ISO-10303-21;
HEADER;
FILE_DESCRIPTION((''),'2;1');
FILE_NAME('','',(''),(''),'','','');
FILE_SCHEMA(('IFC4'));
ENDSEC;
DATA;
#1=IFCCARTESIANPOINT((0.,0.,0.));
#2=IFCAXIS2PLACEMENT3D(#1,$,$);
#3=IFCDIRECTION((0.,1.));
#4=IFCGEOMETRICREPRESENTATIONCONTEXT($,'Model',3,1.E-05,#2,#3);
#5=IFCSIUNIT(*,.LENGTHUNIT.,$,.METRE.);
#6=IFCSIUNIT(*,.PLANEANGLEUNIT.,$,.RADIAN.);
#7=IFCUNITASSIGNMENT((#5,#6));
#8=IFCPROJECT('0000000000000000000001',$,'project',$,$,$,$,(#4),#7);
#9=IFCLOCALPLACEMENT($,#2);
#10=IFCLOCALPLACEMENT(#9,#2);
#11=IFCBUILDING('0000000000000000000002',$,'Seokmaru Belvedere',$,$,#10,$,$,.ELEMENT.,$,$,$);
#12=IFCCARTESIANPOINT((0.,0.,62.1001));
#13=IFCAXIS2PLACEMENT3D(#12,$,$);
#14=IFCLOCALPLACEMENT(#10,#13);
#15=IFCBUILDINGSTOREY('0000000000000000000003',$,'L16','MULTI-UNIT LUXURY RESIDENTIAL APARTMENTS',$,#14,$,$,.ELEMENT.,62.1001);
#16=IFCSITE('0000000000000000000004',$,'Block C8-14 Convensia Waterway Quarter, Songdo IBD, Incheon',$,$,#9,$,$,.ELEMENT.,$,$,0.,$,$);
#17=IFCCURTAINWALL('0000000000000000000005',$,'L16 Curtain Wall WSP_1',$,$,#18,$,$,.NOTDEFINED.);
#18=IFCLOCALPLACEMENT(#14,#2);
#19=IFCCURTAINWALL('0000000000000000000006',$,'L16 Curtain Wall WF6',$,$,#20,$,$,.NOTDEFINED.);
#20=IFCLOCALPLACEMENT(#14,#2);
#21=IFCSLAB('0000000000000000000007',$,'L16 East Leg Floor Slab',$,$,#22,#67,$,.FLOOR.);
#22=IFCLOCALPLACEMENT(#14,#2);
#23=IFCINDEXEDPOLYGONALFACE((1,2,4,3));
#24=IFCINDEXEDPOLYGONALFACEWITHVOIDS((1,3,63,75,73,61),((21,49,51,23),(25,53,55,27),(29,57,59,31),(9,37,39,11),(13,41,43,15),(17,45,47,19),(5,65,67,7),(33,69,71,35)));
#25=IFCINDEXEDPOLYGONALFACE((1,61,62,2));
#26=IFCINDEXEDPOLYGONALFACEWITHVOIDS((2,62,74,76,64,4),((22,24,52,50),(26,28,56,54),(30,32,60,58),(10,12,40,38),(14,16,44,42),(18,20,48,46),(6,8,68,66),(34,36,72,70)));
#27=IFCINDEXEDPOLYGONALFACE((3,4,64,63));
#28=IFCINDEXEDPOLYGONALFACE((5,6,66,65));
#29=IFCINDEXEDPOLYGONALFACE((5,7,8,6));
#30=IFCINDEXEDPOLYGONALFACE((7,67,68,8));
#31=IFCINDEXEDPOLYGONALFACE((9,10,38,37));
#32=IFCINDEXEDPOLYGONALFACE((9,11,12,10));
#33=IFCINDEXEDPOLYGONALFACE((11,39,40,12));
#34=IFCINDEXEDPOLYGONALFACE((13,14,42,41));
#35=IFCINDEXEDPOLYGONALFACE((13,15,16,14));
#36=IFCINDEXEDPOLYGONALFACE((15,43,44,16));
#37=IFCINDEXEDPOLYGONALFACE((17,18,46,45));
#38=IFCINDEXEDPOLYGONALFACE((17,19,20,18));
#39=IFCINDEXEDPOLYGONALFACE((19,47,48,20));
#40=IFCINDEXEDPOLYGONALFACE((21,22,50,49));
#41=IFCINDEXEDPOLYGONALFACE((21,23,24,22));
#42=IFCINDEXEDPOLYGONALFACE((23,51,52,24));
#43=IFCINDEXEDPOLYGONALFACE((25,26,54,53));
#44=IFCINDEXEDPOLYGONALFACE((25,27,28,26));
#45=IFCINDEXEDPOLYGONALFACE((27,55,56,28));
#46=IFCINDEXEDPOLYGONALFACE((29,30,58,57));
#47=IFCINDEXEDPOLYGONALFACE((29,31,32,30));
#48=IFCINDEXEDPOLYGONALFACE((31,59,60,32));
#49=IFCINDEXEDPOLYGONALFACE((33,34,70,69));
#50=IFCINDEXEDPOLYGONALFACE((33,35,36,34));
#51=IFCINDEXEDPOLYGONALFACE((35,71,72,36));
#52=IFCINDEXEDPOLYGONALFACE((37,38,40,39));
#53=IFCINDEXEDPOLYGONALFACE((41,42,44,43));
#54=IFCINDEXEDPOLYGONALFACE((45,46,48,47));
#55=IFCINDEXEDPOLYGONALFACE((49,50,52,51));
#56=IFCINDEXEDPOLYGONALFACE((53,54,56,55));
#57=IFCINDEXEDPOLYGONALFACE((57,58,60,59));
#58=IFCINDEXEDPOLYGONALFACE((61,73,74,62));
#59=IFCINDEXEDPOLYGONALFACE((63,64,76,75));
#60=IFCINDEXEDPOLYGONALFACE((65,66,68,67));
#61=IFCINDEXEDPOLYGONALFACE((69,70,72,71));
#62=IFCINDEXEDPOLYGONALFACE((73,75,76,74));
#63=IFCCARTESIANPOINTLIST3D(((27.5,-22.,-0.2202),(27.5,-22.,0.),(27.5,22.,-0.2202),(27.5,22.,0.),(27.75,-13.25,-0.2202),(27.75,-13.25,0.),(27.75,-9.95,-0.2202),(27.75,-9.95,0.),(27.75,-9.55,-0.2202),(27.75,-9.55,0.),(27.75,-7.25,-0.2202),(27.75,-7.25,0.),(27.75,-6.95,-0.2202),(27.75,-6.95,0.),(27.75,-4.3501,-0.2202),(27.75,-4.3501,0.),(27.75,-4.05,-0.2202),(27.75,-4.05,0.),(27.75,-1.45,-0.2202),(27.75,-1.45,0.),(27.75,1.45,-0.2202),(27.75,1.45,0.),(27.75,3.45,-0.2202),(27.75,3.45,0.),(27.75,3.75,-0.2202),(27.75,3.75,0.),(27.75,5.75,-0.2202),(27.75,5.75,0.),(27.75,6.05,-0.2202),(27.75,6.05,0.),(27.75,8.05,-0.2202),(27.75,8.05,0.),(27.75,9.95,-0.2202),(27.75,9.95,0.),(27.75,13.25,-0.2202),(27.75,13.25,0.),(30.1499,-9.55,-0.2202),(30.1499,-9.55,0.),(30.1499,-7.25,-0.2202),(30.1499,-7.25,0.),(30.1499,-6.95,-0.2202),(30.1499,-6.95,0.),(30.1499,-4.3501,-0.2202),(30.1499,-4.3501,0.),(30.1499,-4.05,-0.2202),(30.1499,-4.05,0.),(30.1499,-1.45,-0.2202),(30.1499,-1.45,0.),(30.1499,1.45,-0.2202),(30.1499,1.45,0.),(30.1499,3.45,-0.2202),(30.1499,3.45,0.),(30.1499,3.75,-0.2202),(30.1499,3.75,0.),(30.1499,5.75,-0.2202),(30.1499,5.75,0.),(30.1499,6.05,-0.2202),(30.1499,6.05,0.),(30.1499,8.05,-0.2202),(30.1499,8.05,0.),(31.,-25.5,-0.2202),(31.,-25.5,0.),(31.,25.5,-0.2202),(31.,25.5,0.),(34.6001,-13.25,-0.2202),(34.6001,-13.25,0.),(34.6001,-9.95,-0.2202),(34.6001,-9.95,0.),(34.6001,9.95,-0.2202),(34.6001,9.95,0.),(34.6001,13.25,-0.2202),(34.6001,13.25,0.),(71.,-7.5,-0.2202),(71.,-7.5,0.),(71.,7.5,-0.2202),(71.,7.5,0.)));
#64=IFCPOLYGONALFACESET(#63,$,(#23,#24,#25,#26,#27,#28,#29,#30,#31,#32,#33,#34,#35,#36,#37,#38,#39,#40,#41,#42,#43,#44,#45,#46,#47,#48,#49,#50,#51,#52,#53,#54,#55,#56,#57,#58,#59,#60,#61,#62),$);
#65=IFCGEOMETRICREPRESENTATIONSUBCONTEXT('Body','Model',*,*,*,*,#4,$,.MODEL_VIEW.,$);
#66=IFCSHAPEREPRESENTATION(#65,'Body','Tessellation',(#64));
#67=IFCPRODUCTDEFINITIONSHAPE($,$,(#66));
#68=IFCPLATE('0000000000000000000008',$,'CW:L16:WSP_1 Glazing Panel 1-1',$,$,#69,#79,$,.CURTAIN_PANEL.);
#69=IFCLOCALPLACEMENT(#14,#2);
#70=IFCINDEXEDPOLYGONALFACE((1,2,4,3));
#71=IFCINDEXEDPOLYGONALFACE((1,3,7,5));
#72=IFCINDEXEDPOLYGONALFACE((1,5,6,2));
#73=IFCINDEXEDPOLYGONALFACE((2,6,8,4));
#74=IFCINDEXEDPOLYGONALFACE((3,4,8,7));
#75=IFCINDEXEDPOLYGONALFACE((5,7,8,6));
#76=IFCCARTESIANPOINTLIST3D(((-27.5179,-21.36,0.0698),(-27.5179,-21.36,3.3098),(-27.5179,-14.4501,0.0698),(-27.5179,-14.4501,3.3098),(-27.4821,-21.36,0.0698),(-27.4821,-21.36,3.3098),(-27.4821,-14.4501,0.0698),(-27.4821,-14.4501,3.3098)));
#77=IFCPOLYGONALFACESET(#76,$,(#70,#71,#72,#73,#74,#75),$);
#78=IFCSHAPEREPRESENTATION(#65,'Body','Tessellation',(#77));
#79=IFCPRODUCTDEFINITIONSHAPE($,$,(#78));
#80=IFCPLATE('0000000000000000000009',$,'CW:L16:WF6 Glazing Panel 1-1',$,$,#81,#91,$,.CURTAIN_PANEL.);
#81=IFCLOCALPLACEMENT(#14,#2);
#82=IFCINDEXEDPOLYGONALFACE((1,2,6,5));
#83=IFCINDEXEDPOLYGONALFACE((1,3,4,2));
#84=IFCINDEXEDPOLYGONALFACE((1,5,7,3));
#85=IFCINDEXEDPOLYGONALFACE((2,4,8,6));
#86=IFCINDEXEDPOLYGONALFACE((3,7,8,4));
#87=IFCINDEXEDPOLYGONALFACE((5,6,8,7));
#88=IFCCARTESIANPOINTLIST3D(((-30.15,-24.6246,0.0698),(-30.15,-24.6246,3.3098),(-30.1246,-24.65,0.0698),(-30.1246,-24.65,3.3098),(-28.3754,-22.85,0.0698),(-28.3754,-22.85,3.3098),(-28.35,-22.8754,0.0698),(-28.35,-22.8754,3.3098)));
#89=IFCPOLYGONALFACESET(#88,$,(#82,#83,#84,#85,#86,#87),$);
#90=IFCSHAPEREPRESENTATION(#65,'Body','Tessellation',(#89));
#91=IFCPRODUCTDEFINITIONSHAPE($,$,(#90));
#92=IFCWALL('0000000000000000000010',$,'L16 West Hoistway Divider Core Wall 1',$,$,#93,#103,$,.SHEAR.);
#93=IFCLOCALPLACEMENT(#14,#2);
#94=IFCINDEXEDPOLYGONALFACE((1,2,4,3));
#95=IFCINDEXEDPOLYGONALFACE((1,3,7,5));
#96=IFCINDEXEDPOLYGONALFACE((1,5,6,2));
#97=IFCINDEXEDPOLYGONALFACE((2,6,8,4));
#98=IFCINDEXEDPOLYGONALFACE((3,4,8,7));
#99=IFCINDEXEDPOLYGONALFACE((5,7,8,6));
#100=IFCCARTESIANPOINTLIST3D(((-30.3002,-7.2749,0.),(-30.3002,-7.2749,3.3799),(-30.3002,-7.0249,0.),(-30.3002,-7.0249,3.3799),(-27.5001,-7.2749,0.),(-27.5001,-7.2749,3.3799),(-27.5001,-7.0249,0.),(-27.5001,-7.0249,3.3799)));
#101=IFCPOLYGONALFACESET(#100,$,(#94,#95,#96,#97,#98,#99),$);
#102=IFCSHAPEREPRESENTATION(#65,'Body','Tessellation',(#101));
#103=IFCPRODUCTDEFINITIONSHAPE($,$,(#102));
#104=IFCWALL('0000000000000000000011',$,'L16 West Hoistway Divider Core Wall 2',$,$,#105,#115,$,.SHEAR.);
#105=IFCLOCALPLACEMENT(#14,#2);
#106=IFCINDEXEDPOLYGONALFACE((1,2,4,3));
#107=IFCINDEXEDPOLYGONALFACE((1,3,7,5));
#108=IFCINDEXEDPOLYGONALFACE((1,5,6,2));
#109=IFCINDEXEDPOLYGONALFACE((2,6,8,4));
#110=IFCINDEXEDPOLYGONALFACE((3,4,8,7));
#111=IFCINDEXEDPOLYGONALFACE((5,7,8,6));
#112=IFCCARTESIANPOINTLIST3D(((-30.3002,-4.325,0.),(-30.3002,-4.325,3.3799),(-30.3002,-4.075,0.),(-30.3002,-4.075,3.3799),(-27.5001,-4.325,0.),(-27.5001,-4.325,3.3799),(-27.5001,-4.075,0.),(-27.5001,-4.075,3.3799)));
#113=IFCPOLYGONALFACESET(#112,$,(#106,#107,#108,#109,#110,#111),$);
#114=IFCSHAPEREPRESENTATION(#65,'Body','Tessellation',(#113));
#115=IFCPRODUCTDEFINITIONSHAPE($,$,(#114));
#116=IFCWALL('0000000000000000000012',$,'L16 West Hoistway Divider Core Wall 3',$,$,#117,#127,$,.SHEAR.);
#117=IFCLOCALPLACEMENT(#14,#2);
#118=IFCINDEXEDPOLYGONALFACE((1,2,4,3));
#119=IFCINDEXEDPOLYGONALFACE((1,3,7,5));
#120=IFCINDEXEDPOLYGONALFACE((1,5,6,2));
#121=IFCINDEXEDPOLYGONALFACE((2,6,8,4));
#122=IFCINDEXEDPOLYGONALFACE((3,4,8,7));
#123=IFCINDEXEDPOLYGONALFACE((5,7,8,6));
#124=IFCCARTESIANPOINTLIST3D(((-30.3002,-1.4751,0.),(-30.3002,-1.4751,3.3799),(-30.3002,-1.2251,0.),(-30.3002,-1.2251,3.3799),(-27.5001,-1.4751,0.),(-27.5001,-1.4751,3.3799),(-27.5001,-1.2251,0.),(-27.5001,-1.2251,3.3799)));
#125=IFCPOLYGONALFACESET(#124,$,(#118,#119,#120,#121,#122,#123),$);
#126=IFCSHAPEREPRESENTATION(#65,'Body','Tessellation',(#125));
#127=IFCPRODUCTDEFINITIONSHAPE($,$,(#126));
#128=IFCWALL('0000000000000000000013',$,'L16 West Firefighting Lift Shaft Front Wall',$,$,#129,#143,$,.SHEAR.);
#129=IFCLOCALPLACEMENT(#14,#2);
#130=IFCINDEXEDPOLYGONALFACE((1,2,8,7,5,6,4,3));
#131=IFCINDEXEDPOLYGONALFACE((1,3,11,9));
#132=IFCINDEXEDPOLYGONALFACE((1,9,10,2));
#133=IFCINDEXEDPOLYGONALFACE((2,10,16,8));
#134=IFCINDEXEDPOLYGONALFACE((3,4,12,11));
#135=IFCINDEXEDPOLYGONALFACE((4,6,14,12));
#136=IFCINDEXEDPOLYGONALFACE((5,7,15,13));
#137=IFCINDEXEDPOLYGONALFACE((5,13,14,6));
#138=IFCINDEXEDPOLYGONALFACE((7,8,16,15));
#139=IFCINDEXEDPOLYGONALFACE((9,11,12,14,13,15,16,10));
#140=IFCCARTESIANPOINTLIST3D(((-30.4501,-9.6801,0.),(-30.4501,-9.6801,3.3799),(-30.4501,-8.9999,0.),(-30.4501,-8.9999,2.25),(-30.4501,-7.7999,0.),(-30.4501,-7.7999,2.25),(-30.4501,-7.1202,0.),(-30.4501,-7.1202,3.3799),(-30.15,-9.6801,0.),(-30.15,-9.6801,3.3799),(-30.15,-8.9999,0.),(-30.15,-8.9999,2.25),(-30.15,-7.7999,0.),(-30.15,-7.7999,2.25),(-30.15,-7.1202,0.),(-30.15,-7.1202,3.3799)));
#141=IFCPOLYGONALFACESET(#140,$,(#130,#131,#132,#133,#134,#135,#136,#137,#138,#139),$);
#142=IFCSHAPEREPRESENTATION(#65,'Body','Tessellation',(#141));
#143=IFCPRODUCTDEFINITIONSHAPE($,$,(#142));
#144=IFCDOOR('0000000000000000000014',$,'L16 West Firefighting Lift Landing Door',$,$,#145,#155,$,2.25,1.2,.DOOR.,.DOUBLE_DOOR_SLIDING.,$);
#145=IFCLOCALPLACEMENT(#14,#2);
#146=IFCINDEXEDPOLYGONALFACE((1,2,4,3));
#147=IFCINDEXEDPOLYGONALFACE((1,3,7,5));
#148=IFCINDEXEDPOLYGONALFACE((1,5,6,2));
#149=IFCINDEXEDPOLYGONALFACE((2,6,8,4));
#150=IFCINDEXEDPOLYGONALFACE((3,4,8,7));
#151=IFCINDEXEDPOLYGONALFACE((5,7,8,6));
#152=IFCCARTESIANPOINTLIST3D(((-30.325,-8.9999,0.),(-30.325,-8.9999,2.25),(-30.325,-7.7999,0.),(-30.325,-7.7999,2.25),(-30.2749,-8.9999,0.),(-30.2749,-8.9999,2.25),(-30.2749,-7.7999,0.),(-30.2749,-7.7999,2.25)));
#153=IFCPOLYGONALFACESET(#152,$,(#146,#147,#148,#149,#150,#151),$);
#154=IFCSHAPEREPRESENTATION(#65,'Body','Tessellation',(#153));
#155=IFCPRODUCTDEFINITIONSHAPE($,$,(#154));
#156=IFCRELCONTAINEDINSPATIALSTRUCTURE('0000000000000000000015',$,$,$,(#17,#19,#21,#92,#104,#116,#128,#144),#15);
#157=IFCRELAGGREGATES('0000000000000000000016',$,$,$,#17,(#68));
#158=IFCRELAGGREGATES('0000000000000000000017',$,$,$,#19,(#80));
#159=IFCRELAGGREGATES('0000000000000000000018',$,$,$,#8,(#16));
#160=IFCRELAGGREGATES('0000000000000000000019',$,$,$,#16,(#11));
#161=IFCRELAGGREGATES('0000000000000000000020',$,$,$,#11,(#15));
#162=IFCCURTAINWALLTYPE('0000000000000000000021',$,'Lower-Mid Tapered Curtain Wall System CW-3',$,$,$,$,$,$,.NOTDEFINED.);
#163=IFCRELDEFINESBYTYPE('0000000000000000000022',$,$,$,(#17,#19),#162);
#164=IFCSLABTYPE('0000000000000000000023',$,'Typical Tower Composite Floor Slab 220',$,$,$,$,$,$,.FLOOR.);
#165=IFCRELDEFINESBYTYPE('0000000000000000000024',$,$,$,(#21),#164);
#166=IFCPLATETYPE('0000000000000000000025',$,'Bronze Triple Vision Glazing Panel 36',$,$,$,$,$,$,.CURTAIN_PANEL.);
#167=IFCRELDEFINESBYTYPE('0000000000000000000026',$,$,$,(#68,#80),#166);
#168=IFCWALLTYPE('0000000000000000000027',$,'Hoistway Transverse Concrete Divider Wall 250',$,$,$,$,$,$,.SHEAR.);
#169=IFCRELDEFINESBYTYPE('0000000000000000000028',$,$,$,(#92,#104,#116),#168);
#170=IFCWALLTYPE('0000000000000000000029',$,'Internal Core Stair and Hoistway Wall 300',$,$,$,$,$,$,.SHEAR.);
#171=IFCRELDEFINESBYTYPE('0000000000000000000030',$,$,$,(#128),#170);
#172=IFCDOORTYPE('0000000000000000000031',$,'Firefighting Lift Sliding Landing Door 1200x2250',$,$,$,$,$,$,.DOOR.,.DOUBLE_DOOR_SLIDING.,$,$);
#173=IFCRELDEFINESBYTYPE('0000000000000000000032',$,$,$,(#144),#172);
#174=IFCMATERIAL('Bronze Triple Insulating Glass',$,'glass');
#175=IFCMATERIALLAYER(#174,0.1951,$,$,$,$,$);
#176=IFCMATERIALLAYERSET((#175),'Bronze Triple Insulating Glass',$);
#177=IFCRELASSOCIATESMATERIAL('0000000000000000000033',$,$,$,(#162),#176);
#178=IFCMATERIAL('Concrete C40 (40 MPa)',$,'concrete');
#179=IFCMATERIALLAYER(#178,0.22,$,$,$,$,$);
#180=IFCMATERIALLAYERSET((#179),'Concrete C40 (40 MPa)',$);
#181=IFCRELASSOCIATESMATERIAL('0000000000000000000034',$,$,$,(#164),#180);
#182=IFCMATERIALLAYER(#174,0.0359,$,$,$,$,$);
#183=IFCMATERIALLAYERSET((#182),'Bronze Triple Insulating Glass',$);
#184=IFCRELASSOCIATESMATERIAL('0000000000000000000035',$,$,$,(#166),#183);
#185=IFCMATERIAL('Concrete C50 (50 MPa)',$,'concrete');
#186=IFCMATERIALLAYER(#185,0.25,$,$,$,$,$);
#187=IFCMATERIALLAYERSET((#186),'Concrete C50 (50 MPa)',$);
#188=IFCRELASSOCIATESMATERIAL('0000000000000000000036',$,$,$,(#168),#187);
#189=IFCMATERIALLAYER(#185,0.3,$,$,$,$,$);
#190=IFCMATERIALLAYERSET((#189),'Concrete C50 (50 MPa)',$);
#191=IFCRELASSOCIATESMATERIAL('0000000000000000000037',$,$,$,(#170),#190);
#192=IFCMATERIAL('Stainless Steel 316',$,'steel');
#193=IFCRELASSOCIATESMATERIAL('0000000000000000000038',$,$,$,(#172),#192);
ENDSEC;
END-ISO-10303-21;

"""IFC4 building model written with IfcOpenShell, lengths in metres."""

from ifc_helpers import new_model, si_unit, direction, frame, frame_2d, origin, origin_2d, place, context, subcontext, project, spatial, polyline, rectangle, outline, extrude, source, transform, mapped, material, layer, layer_set, type_object, type_shapes, element, fill, aggregate, save


model = new_model("IFC4")

# Units and contexts
model_context = context("Model", 3, precision=1e-05, world=origin(), true_north=direction((0.0, 1.0)))
body_context = subcontext(model_context, "Body", "Model", "MODEL_VIEW")
ifc_project = project(units=[si_unit("LENGTHUNIT", "METRE"), si_unit("PLANEANGLEUNIT", "RADIAN")], contexts=[model_context])

# Site, building, storey
site_placement = place(None, origin())
site = spatial("IfcSite", under=ifc_project, at=site_placement, Name="Block C8-14 Convensia Waterway Quarter, Songdo IBD, Incheon", CompositionType="ELEMENT", RefElevation=0.0)
building_placement = place(site_placement, origin())
building = spatial("IfcBuilding", under=site, at=building_placement, Name="Seokmaru Belvedere", CompositionType="ELEMENT")
storey_placement = place(building_placement, frame((0.0, 0.0, 62.1001)))
storey = spatial("IfcBuildingStorey", under=building, at=storey_placement, Name="L16", Description="MULTI-UNIT LUXURY RESIDENTIAL APARTMENTS", CompositionType="ELEMENT", Elevation=62.1001)

# Curtain walls
ifc_material_1 = material(Name="Bronze Triple Insulating Glass", Category="glass")
ifc_layer_1 = layer(ifc_material_1, 0.1951)
ifc_layer_set_1 = layer_set([ifc_layer_1], Name="Bronze Triple Insulating Glass")
curtain_wall_type = type_object("IfcCurtainWallType", Name="Lower-Mid Tapered Curtain Wall System CW-3", PredefinedType="NOTDEFINED", material=ifc_layer_set_1)
curtain_wall_1_placement = place(storey_placement, origin())
curtain_wall_1 = element("IfcCurtainWall", 1, at=curtain_wall_1_placement, inside=storey, type_object=curtain_wall_type, Name="L16 Curtain Wall WSP_1", PredefinedType="NOTDEFINED")
curtain_wall_2_placement = place(storey_placement, origin())
curtain_wall_2 = element("IfcCurtainWall", 2, at=curtain_wall_2_placement, inside=storey, type_object=curtain_wall_type, Name="L16 Curtain Wall WF6", PredefinedType="NOTDEFINED")

# Shared definitions
ifc_material_2 = material(Name="Concrete C40 (40 MPa)", Category="concrete")

# Slab
ifc_layer_2 = layer(ifc_material_2, 0.22)
ifc_layer_set_2 = layer_set([ifc_layer_2], Name="Concrete C40 (40 MPa)")
slab_type_1 = type_object("IfcSlabType", Name="Typical Tower Composite Floor Slab 220", PredefinedType="FLOOR", material=ifc_layer_set_2)
slab_1_placement = place(storey_placement, frame((0.0, 0.0, -0.2202)))
element("IfcSlab", 3, at=slab_1_placement, inside=storey, type_object=slab_type_1, Name="L16 East Leg Floor Slab", PredefinedType="FLOOR", context=body_context, shape_type="SweptSolid", body=[
    extrude(outline(polyline([(31.0, -25.5), (71.0, -7.5), (71.0, 7.5), (31.0, 25.5), (27.5, 22.0), (27.5, -22.0), (31.0, -25.5)]), holes=[polyline([(27.75, -13.25), (34.6001, -13.25), (34.6001, -9.95), (27.75, -9.95), (27.75, -13.25)]), polyline([(27.75, 9.95), (34.6001, 9.95), (34.6001, 13.25), (27.75, 13.25), (27.75, 9.95)]), polyline([(27.75, -9.55), (30.1499, -9.55), (30.1499, -7.25), (27.75, -7.25), (27.75, -9.55)]), polyline([(27.75, -6.95), (30.1499, -6.95), (30.1499, -4.3501), (27.75, -4.3501), (27.75, -6.95)]), polyline([(27.75, -4.05), (30.1499, -4.05), (30.1499, -1.45), (27.75, -1.45), (27.75, -4.05)]), polyline([(27.75, 1.45), (30.1499, 1.45), (30.1499, 3.45), (27.75, 3.45), (27.75, 1.45)]), polyline([(27.75, 3.75), (30.1499, 3.75), (30.1499, 5.75), (27.75, 5.75), (27.75, 3.75)]), polyline([(27.75, 6.05), (30.1499, 6.05), (30.1499, 8.05), (27.75, 8.05), (27.75, 6.05)])]), origin(), (0.0, 0.0, 1.0), 0.2202),
])

# Plates
ifc_layer_3 = layer(ifc_material_1, 0.0359)
ifc_layer_set_3 = layer_set([ifc_layer_3], Name="Bronze Triple Insulating Glass")
plate_type = type_object("IfcPlateType", Name="Bronze Triple Vision Glazing Panel 36", PredefinedType="CURTAIN_PANEL", material=ifc_layer_set_3)
shared_shape_1 = source(origin(), body_context, "Body", "SweptSolid", [
    extrude(rectangle(XDim=6.9099, YDim=0.0359, at=origin_2d()), origin(), (0.0, 0.0, 1.0), 3.24),
])
plate_1_placement = place(storey_placement, frame((-27.5, -17.905, 0.0698), z_axis=(0.0, 0.0, 1.0), x_axis=(0.0, 1.0, 0.0)))
plate_1 = element("IfcPlate", 4, at=plate_1_placement, type_object=plate_type, Name="CW:L16:WSP_1 Glazing Panel 1-1", PredefinedType="CURTAIN_PANEL", context=body_context, shape_type="MappedRepresentation", body=[
    mapped(shared_shape_1, transform((0.0, 0.0, 0.0), scale=1.0)),
])
aggregate(curtain_wall_1, [plate_1])
shared_shape_2 = source(origin(), body_context, "Body", "SweptSolid", [
    extrude(rectangle(XDim=2.5098, YDim=0.0359, at=origin_2d()), origin(), (0.0, 0.0, 1.0), 3.24),
])
type_shapes(plate_type, [shared_shape_1, shared_shape_2])
plate_2_placement = place(storey_placement, frame((-29.25, -23.75, 0.0698), z_axis=(0.0, 0.0, 1.0), x_axis=(0.707107, 0.707107, 0.0)))
plate_2 = element("IfcPlate", 5, at=plate_2_placement, type_object=plate_type, Name="CW:L16:WF6 Glazing Panel 1-1", PredefinedType="CURTAIN_PANEL", context=body_context, shape_type="MappedRepresentation", body=[
    mapped(shared_shape_2, transform((0.0, 0.0, 0.0), scale=1.0)),
])
aggregate(curtain_wall_2, [plate_2])

# Walls
ifc_material_3 = material(Name="Concrete C50 (50 MPa)", Category="concrete")
ifc_layer_4 = layer(ifc_material_3, 0.25)
ifc_layer_set_4 = layer_set([ifc_layer_4], Name="Concrete C50 (50 MPa)")
wall_type_1 = type_object("IfcWallType", Name="Hoistway Transverse Concrete Divider Wall 250", PredefinedType="SHEAR", material=ifc_layer_set_4)
for number, where, z_axis, x_axis, name in (
    (6, (-30.3, -7.1499, 0.0), (0.0, 0.0, 1.0), (1.0, 0.0, 0.0), "L16 West Hoistway Divider Core Wall 1"),
    (7, (-30.3, -4.2, 0.0), (0.0, 0.0, 1.0), (1.0, 0.0, 0.0), "L16 West Hoistway Divider Core Wall 2"),
    (8, (-30.3, -1.3501, 0.0), (0.0, 0.0, 1.0), (1.0, 0.0, 0.0), "L16 West Hoistway Divider Core Wall 3"),
):
    element("IfcWall", number, at=place(storey_placement, frame(where, z_axis=z_axis, x_axis=x_axis)), inside=storey, type_object=wall_type_1, Name=name, PredefinedType="SHEAR", context=body_context, shape_type="SweptSolid", body=[
        extrude(rectangle(XDim=2.8, YDim=0.25, at=frame_2d((1.3999, 0.0))), origin(), (0.0, 0.0, 1.0), 3.3799),
    ])

# Wall, opening, door
ifc_layer_5 = layer(ifc_material_3, 0.3)
ifc_layer_set_5 = layer_set([ifc_layer_5], Name="Concrete C50 (50 MPa)")
wall_type_2 = type_object("IfcWallType", Name="Internal Core Stair and Hoistway Wall 300", PredefinedType="SHEAR", material=ifc_layer_set_5)
wall_1_placement = place(storey_placement, frame((-30.3, -9.6799, 0.0), z_axis=(0.0, 0.0, 1.0), x_axis=(0.0, 1.0, 0.0)))
wall_1 = element("IfcWall", 9, at=wall_1_placement, inside=storey, type_object=wall_type_2, Name="L16 West Firefighting Lift Shaft Front Wall", PredefinedType="SHEAR", context=body_context, shape_type="SweptSolid", body=[
    extrude(rectangle(XDim=2.5598, YDim=0.3, at=frame_2d((1.2798, 0.0))), origin(), (0.0, 0.0, 1.0), 3.3799),
])
opening_1_placement = place(wall_1_placement, frame((0.6799, 0.0, 0.0)))
opening_1 = element("IfcOpeningElement", 10, at=opening_1_placement, cuts=wall_1, PredefinedType="OPENING", context=body_context, shape_type="SweptSolid", body=[
    extrude(rectangle(XDim=1.2, YDim=2.25, at=frame_2d((0.6001, 1.125))), frame((0.0, 0.1602, 0.0), z_axis=(0.0, -1.0, 0.0), x_axis=(1.0, 0.0, 0.0)), (0.0, 0.0, 1.0), 0.3201),
])
ifc_material_4 = material(Name="Stainless Steel 316", Category="steel")
door_type_1 = type_object("IfcDoorType", Name="Firefighting Lift Sliding Landing Door 1200x2250", OperationType="DOUBLE_DOOR_SLIDING", PredefinedType="DOOR", material=ifc_material_4)
shared_shape_3 = source(origin(), body_context, "Body", "SweptSolid", [
    extrude(rectangle(XDim=1.2, YDim=2.25, at=frame_2d((0.6001, 1.125))), frame((0.0, 0.0249, 0.0), z_axis=(0.0, -1.0, 0.0), x_axis=(1.0, 0.0, 0.0)), (0.0, 0.0, 1.0), 0.05),
])
type_shapes(door_type_1, [shared_shape_3])
door_1_placement = place(opening_1_placement, origin())
door_1 = element("IfcDoor", 11, at=door_1_placement, inside=storey, type_object=door_type_1, Name="L16 West Firefighting Lift Landing Door", OperationType="DOUBLE_DOOR_SLIDING", OverallHeight=2.25, OverallWidth=1.2, PredefinedType="DOOR", context=body_context, shape_type="MappedRepresentation", body=[
    mapped(shared_shape_3, transform((0.0, 0.0, 0.0), scale=1.0)),
])
fill(opening_1, door_1)

save(model, "model.ifc")
